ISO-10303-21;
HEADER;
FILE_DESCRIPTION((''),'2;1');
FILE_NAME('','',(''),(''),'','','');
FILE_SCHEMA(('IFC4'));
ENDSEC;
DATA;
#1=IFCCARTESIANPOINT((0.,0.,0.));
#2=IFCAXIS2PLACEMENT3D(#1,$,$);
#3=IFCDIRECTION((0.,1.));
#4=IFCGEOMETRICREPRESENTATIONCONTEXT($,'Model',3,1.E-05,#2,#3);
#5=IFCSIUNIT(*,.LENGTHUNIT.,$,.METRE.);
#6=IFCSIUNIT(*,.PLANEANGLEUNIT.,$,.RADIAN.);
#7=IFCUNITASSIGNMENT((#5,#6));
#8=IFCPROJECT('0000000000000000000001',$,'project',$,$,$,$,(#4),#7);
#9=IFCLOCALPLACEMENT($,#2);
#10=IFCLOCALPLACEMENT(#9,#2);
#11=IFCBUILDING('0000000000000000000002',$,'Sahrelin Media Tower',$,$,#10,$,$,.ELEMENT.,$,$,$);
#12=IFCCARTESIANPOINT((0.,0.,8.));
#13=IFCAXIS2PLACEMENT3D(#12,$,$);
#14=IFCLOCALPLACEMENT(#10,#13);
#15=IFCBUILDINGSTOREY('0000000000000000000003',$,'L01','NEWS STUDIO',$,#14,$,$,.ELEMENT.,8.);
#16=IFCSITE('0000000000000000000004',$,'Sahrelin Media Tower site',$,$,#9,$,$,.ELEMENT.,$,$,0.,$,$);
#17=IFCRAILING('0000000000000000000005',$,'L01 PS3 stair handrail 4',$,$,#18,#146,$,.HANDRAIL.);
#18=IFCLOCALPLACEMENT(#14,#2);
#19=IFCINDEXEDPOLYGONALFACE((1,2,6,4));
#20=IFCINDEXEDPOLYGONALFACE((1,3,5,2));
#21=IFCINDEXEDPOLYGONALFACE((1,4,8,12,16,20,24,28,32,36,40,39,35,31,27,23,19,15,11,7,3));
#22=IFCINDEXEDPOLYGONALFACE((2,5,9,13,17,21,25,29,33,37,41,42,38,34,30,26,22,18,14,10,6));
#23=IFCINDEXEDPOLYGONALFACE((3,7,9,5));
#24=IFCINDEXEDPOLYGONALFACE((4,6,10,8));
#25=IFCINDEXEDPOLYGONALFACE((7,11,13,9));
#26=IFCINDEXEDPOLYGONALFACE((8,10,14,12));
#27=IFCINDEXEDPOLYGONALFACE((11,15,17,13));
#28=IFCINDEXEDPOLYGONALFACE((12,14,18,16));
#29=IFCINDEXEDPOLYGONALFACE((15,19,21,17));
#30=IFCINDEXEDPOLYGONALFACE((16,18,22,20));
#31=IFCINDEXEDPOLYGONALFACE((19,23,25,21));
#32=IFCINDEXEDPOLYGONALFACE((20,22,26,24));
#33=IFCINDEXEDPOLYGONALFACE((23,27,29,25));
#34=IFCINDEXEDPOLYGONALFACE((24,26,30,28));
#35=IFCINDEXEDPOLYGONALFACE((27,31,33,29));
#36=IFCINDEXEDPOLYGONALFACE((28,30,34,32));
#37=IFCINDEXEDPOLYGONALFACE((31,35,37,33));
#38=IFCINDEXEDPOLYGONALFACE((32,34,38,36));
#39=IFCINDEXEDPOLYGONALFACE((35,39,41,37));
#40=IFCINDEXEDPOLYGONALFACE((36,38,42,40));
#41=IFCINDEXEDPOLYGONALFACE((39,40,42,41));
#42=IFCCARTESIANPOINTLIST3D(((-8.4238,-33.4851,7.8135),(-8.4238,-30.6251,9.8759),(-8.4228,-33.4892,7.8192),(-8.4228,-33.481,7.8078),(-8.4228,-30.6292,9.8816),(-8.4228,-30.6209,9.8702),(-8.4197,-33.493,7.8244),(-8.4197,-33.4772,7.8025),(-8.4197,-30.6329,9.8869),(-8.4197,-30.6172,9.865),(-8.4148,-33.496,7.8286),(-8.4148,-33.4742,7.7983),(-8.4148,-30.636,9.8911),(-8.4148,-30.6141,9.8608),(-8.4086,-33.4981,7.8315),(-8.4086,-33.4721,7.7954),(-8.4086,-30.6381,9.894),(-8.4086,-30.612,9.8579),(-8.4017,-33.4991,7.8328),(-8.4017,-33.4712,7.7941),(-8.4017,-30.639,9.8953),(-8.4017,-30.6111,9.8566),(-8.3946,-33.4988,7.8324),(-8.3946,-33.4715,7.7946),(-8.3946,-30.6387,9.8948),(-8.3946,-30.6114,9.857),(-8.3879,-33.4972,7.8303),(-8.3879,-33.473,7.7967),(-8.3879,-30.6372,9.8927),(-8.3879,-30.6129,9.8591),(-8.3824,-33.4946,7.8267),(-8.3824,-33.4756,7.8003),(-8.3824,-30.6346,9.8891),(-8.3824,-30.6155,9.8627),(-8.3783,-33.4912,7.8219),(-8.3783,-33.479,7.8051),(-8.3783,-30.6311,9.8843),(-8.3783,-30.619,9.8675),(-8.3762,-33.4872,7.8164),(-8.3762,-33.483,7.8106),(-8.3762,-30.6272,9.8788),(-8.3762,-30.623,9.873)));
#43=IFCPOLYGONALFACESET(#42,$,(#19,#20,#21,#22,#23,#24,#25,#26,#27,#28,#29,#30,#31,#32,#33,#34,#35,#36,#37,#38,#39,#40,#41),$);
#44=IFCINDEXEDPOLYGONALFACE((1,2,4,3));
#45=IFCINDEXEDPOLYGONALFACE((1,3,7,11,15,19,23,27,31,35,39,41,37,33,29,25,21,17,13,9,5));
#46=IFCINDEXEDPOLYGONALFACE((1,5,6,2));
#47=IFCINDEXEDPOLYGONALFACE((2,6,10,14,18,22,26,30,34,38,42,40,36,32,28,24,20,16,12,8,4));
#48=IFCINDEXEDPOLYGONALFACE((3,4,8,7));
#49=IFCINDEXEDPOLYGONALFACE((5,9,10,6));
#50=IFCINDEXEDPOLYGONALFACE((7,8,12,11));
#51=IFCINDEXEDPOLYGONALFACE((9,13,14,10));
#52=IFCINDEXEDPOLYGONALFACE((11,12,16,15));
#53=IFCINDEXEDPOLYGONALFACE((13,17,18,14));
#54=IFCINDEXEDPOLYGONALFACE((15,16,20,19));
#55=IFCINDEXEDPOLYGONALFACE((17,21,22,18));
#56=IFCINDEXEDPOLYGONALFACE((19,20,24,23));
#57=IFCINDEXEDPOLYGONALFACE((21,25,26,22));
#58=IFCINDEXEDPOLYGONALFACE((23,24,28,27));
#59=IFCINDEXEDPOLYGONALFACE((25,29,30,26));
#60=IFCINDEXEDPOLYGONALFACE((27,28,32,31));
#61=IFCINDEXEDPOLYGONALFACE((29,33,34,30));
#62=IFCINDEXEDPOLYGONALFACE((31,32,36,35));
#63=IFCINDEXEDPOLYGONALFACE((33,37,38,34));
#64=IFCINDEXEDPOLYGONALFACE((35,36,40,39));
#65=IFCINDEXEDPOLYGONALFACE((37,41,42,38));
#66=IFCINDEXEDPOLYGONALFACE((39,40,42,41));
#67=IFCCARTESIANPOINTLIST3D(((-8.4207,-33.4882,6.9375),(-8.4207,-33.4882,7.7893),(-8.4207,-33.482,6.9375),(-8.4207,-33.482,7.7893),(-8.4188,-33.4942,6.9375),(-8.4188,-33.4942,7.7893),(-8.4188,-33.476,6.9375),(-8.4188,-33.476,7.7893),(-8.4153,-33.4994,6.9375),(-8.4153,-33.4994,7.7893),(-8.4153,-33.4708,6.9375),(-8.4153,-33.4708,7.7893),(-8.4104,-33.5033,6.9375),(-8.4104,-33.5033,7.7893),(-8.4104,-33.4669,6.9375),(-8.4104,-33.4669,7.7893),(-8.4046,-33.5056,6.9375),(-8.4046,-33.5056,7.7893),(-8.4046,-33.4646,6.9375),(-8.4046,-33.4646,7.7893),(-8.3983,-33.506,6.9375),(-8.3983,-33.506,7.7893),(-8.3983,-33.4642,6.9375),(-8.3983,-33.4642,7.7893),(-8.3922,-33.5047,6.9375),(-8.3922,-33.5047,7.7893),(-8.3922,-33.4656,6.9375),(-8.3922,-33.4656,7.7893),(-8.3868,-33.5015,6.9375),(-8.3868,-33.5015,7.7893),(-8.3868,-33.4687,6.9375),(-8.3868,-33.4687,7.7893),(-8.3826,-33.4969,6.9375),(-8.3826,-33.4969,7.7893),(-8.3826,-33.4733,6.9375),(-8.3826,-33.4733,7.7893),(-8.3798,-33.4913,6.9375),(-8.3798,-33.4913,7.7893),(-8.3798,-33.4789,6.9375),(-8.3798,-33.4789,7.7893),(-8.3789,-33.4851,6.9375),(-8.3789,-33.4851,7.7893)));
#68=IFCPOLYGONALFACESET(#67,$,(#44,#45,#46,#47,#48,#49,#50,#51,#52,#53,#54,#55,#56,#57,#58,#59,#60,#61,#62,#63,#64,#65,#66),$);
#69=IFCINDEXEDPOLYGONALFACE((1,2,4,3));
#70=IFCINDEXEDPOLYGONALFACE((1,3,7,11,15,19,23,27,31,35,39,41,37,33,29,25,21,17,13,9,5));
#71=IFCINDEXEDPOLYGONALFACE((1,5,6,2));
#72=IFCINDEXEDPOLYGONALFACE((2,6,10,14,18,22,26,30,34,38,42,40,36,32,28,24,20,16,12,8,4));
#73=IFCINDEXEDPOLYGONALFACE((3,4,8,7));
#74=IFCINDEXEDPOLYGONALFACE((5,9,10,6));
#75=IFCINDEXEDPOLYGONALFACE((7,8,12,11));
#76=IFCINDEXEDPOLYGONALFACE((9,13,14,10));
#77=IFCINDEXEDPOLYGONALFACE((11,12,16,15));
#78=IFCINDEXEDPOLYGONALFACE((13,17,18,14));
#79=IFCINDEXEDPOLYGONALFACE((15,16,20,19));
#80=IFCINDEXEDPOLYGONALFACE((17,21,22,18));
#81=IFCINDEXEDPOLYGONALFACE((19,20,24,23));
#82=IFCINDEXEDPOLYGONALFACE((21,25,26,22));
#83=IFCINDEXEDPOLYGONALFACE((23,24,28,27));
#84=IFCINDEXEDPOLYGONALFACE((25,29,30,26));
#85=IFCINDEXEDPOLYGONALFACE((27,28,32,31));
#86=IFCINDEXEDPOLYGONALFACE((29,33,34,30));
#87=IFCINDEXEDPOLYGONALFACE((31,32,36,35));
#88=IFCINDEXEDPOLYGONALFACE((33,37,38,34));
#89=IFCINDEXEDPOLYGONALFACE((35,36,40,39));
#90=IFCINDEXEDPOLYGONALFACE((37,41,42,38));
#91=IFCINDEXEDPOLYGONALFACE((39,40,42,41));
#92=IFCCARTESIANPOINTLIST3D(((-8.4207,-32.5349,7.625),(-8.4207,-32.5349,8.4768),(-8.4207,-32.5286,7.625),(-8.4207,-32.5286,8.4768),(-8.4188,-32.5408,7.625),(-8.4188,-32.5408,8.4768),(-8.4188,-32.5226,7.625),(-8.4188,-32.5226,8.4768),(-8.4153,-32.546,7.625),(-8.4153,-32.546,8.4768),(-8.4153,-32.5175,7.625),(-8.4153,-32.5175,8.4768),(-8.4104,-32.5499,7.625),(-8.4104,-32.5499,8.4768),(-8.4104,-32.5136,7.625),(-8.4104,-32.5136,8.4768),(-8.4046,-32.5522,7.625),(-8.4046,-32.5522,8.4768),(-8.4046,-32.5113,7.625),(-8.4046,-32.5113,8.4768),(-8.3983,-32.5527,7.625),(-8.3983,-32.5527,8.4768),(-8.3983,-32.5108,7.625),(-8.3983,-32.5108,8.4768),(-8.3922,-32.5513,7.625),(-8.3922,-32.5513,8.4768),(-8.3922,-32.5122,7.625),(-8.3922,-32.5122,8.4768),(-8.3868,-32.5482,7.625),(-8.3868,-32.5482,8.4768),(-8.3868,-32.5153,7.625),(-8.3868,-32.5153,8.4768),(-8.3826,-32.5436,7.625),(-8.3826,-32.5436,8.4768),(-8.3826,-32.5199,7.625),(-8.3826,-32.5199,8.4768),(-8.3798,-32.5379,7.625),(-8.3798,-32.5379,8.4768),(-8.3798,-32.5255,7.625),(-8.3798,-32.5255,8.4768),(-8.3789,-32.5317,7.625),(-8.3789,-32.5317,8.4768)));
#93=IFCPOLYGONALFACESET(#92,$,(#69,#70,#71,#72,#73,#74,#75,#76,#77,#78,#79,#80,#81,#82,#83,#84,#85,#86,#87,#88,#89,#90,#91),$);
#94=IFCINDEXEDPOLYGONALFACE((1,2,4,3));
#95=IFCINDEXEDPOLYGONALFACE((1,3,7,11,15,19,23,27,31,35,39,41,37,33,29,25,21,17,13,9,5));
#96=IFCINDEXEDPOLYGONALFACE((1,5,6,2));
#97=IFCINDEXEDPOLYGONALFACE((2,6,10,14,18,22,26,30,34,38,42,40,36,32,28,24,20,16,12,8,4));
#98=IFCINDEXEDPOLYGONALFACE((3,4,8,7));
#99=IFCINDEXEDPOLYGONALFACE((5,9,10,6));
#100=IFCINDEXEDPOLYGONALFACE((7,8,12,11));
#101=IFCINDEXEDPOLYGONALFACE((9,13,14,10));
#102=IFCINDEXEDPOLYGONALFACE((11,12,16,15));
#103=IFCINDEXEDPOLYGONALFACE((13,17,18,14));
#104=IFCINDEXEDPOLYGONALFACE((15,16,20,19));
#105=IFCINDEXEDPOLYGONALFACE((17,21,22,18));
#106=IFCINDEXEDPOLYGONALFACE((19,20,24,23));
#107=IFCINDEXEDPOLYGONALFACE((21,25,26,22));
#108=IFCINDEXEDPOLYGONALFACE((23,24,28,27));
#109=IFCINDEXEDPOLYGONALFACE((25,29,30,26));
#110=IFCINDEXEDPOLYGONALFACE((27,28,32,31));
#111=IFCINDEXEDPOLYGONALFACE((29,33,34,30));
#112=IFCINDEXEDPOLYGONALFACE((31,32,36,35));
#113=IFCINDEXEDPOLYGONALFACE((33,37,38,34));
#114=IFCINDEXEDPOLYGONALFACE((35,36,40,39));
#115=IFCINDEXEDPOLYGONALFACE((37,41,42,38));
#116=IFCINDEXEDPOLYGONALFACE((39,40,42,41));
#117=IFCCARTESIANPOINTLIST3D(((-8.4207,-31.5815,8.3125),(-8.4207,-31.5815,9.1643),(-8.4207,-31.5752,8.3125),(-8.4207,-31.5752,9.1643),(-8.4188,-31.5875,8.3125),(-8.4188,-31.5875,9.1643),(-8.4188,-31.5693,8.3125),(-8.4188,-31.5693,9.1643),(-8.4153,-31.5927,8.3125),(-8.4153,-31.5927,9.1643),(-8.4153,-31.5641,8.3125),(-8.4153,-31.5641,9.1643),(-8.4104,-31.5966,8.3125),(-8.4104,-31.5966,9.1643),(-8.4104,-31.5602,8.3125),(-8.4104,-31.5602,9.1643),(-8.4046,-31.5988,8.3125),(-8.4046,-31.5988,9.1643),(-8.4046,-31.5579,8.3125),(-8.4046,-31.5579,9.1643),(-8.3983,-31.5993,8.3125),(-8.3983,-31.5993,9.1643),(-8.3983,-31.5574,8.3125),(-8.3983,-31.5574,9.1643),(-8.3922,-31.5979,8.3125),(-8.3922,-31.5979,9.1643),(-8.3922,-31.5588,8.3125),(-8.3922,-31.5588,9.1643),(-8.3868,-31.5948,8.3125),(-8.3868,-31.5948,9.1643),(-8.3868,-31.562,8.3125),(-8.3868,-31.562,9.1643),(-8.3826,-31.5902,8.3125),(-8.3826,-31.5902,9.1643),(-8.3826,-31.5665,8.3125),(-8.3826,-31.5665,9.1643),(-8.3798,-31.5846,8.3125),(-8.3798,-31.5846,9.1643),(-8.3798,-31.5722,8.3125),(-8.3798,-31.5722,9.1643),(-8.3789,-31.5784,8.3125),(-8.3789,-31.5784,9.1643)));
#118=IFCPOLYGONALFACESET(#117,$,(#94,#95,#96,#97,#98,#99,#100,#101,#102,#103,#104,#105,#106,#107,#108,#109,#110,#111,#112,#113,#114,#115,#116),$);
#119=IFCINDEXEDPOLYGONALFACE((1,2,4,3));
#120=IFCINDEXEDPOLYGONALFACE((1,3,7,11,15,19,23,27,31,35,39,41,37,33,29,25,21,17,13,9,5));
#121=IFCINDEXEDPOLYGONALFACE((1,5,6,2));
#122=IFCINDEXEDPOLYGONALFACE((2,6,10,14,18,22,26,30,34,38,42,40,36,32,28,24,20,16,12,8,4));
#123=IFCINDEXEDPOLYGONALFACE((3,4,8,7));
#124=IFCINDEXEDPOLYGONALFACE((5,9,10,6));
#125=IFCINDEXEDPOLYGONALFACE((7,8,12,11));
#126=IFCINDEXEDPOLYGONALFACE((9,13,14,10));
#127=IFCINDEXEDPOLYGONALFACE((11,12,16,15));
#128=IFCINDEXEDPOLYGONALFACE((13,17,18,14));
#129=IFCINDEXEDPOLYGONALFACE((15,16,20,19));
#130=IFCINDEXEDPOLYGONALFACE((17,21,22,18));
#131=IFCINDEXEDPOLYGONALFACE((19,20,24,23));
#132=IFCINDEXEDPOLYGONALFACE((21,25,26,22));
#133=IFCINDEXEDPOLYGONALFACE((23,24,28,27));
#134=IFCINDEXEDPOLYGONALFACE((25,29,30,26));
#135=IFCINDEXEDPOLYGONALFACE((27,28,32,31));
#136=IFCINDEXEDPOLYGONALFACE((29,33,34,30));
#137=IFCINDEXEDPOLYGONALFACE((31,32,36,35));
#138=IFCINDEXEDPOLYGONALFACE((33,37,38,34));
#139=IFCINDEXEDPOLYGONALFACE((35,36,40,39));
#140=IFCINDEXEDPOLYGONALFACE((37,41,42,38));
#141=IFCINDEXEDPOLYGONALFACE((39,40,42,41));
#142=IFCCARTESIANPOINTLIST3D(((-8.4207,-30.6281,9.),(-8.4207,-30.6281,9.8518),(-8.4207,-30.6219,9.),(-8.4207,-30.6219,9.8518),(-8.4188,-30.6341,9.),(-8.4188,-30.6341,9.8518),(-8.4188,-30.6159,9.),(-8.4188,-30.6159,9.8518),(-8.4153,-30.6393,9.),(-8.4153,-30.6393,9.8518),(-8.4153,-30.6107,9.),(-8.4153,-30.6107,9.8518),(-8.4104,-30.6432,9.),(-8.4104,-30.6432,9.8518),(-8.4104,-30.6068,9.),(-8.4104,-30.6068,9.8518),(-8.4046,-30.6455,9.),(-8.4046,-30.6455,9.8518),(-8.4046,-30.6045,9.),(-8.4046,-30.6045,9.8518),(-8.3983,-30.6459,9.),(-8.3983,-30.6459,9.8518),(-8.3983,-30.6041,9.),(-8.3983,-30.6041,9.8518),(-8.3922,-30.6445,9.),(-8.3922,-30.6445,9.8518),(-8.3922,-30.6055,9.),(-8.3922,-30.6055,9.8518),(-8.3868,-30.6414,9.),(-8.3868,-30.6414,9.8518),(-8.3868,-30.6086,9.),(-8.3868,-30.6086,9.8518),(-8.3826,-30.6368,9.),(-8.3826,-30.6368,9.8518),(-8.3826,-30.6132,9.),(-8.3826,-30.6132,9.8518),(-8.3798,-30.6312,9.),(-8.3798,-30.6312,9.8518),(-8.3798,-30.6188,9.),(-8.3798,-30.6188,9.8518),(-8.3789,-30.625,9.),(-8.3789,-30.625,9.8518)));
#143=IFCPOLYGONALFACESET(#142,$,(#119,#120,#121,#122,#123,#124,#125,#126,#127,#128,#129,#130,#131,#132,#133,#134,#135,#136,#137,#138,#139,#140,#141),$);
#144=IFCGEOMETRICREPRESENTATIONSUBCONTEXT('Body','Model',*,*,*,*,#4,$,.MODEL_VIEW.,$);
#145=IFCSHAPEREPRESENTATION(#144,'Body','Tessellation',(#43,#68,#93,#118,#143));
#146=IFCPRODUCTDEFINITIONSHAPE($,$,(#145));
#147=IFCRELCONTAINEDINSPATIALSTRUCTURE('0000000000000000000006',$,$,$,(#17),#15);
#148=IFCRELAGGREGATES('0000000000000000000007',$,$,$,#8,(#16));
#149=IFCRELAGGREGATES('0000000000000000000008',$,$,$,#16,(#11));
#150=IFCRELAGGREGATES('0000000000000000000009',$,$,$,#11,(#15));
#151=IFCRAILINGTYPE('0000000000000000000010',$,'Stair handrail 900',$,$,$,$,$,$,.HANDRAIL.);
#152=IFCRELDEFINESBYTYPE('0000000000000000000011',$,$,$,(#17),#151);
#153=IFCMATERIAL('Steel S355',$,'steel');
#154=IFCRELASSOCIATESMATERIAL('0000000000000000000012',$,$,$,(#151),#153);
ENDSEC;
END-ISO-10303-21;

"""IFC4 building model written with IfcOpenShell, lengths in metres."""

from ifc_helpers import new_model, si_unit, direction, frame, origin, origin_2d, place, context, subcontext, project, spatial, circle, extrude, material, type_object, element, save


model = new_model("IFC4")

# Units and contexts
model_context = context("Model", 3, precision=1e-05, world=origin(), true_north=direction((0.0, 1.0)))
body_context = subcontext(model_context, "Body", "Model", "MODEL_VIEW")
ifc_project = project(units=[si_unit("LENGTHUNIT", "METRE"), si_unit("PLANEANGLEUNIT", "RADIAN")], contexts=[model_context])

# Site, building, storey
site_placement = place(None, origin())
site = spatial("IfcSite", under=ifc_project, at=site_placement, Name="Sahrelin Media Tower site", CompositionType="ELEMENT", RefElevation=0.0)
building_placement = place(site_placement, origin())
building = spatial("IfcBuilding", under=site, at=building_placement, Name="Sahrelin Media Tower", CompositionType="ELEMENT")
storey_placement = place(building_placement, frame((0.0, 0.0, 8.0)))
storey = spatial("IfcBuildingStorey", under=building, at=storey_placement, Name="L01", Description="NEWS STUDIO", CompositionType="ELEMENT", Elevation=8.0)

# Shared definitions
ifc_material_1 = material(Name="Steel S355", Category="steel")

# Railing
railing_type_1 = type_object("IfcRailingType", Name="Stair handrail 900", PredefinedType="HANDRAIL", material=ifc_material_1)
railing_1_placement = place(storey_placement, frame((-8.3999, -33.4851, 6.9375)))
element("IfcRailing", 1, at=railing_1_placement, inside=storey, type_object=railing_type_1, Name="L01 PS3 stair handrail 4", PredefinedType="HANDRAIL", context=body_context, shape_type="SweptSolid", body=[
    extrude(circle(Radius=0.0239, at=origin_2d()), frame((0.0, 0.0, 0.876), z_axis=(0.0, 0.811101, 0.584906), x_axis=(-1.0, 0.0, 0.0)), (0.0, 0.0, 1.0), 3.5261),
    extrude(circle(Radius=0.021, at=origin_2d()), origin(), (0.0, 0.0, 1.0), 0.8518),
    extrude(circle(Radius=0.021, at=origin_2d()), frame((0.0, 0.9534, 0.6875)), (0.0, 0.0, 1.0), 0.8518),
    extrude(circle(Radius=0.021, at=origin_2d()), frame((0.0, 1.9067, 1.375)), (0.0, 0.0, 1.0), 0.8518),
    extrude(circle(Radius=0.021, at=origin_2d()), frame((0.0, 2.8601, 2.0625)), (0.0, 0.0, 1.0), 0.8518),
])

save(model, "model.ifc")
